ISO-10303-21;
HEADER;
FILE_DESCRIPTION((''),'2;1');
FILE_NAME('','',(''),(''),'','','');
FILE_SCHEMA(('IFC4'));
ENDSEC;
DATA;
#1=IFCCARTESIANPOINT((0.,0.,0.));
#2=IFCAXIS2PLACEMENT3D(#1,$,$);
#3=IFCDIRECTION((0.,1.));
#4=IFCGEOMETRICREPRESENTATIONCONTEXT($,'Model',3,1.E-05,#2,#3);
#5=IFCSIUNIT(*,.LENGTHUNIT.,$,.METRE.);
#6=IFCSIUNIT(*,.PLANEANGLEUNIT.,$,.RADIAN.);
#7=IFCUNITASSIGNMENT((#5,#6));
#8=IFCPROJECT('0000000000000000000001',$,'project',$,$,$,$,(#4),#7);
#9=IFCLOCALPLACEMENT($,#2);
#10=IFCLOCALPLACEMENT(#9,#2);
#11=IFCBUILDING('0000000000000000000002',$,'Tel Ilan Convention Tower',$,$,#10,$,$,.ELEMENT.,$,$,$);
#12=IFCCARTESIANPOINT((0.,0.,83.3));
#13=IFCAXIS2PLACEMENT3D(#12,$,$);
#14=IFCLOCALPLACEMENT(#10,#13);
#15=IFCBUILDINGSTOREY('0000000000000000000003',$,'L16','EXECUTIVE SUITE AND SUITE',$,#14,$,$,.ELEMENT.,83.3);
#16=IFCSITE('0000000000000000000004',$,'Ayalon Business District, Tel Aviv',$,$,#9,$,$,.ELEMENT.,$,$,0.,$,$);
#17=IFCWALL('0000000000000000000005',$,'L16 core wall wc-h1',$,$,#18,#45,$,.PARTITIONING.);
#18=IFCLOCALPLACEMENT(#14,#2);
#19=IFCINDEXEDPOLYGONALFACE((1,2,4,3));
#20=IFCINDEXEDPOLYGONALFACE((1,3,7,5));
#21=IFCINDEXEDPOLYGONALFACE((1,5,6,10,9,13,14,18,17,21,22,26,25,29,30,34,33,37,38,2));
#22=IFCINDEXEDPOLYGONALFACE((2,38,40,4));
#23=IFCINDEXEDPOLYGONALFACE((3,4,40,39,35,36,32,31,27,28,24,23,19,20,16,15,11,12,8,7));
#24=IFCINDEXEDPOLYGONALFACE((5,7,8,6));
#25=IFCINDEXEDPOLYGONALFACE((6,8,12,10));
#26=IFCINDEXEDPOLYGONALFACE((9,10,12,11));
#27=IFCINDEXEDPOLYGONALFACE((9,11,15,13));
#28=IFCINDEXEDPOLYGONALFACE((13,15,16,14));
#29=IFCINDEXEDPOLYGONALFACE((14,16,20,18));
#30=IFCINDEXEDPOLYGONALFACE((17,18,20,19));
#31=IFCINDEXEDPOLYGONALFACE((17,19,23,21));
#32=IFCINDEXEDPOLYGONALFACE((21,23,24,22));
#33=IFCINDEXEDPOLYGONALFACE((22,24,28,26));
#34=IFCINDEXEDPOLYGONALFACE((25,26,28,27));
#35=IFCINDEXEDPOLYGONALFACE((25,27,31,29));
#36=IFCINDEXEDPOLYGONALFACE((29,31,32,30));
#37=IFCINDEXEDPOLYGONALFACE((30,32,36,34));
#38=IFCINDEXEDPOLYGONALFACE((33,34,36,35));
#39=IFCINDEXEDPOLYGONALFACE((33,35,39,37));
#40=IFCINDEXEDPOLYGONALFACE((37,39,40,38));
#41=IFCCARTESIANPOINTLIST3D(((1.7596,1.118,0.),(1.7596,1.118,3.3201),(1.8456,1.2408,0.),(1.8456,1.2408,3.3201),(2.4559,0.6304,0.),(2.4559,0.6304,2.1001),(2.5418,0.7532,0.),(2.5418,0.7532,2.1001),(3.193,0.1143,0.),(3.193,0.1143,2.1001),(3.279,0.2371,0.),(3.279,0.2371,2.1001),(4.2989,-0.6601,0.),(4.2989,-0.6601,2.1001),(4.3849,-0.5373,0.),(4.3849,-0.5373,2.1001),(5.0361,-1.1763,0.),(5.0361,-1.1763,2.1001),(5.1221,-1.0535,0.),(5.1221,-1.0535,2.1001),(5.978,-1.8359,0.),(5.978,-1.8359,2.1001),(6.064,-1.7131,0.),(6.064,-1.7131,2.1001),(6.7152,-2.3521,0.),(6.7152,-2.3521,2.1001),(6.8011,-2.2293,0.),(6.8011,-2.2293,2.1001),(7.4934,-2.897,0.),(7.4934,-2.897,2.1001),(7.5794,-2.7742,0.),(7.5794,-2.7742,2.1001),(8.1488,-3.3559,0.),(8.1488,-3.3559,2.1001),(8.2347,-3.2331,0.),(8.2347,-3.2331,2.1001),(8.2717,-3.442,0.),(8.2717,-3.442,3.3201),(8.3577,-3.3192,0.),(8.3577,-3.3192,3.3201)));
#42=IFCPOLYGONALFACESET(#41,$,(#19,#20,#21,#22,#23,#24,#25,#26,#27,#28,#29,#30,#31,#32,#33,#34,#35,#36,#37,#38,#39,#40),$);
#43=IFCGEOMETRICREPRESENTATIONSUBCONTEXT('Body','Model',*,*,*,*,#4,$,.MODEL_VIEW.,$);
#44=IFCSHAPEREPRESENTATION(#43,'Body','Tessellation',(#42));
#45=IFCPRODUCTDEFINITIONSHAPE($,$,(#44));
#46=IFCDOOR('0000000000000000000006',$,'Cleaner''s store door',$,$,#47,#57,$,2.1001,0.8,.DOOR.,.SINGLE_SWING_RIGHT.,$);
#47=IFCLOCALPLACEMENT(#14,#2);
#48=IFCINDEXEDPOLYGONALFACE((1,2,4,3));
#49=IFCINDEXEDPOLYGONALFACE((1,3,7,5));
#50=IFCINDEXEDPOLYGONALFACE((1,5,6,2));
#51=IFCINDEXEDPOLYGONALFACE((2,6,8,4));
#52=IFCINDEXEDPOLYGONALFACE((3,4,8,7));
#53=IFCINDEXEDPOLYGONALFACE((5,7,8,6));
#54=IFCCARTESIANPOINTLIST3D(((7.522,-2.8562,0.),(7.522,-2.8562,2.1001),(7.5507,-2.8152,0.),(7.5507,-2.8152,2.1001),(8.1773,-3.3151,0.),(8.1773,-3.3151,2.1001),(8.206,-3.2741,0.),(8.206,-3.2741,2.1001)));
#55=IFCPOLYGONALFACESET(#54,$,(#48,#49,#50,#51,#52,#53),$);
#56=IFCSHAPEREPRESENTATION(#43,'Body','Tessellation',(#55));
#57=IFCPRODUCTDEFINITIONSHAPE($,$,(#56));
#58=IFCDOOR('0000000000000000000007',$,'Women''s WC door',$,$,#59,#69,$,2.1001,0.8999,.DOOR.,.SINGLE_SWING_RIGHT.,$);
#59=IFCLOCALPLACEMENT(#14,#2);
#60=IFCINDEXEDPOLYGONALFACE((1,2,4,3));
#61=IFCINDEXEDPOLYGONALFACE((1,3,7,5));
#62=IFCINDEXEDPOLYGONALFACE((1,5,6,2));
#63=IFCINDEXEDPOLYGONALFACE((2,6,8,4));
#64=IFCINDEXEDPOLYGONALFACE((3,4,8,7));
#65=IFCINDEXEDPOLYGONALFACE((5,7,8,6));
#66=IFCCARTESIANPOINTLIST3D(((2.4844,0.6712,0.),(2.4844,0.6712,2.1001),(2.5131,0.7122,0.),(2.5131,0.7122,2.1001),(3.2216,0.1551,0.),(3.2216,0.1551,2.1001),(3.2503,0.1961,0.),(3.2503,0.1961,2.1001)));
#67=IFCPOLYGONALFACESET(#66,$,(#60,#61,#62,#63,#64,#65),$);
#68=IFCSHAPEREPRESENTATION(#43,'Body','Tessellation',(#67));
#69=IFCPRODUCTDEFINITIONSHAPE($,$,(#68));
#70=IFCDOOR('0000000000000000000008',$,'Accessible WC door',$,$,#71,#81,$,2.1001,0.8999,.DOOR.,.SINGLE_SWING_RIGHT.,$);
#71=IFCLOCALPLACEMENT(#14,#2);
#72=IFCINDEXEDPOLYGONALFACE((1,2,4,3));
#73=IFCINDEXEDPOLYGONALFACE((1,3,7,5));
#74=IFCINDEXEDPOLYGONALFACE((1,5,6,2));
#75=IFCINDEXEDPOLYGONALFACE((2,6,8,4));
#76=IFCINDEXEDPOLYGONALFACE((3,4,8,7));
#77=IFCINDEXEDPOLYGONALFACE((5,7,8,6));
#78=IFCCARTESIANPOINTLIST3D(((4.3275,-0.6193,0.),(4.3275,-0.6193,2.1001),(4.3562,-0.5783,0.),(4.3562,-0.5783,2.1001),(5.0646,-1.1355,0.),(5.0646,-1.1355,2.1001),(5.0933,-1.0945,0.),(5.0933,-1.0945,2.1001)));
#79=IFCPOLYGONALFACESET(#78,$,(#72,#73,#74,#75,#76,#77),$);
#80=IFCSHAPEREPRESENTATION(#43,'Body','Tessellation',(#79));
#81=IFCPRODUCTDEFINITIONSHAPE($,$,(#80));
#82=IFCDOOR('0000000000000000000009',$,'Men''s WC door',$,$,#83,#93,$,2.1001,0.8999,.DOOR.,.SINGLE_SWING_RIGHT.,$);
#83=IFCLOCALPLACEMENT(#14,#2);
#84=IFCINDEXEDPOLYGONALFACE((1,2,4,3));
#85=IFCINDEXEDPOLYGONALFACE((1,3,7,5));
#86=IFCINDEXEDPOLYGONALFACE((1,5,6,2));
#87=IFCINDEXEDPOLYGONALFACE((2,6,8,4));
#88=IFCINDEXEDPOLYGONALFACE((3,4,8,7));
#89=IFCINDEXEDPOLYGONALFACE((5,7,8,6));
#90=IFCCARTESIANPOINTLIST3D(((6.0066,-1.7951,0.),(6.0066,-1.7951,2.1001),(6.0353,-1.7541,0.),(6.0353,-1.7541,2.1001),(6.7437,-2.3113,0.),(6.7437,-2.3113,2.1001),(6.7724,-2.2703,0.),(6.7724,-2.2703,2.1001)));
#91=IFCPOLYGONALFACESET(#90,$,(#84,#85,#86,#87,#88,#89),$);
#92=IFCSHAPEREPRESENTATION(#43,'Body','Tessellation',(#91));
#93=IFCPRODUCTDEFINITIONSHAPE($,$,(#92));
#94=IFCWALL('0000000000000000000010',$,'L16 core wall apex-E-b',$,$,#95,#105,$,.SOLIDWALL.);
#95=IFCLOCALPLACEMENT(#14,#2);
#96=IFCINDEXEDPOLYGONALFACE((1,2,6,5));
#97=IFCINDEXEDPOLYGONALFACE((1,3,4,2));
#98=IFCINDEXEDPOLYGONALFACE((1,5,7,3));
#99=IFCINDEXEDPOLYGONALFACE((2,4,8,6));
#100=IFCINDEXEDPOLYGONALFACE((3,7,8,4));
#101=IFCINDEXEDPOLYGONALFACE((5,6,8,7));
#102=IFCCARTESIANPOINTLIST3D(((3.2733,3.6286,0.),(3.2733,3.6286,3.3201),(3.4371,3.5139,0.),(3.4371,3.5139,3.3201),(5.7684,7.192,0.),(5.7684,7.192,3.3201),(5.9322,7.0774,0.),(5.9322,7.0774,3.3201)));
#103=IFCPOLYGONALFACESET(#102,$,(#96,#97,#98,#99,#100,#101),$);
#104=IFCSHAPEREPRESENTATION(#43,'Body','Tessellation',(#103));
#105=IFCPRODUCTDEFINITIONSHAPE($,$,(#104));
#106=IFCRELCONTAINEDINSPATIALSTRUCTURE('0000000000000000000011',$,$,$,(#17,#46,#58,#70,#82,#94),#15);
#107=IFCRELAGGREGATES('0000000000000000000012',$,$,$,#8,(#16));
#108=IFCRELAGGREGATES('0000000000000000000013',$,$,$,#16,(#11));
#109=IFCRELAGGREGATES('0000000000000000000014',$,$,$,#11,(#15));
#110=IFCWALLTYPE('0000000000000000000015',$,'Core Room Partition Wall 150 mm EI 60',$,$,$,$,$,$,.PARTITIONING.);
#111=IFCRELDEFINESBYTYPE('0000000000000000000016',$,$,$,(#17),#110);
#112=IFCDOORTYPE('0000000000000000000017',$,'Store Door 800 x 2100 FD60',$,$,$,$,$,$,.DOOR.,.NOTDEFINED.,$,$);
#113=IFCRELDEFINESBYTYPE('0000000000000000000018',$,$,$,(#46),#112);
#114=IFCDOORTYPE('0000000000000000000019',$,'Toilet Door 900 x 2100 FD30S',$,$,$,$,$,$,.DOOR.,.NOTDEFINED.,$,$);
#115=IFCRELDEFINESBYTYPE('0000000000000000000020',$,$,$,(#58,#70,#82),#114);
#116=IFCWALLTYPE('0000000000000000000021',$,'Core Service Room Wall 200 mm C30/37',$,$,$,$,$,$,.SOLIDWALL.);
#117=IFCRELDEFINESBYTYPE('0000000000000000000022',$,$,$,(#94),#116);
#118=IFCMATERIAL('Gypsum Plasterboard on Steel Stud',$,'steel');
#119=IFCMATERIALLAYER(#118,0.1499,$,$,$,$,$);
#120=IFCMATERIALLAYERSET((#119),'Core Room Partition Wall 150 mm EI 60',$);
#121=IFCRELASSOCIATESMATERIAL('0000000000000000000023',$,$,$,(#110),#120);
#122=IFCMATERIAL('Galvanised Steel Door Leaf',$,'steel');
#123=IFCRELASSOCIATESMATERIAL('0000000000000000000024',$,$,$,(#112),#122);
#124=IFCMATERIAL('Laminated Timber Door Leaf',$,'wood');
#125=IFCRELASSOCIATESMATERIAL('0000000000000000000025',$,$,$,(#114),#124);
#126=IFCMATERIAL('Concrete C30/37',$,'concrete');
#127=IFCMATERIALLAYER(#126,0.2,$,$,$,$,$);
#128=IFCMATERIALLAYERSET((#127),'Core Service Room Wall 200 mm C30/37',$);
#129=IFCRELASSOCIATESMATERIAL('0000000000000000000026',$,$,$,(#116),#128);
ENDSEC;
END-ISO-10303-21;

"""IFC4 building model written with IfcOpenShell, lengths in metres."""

from ifc_helpers import new_model, si_unit, direction, frame, frame_2d, origin, place, context, subcontext, project, spatial, rectangle, extrude, material, layer, layer_set, type_object, element, fill, save


model = new_model("IFC4")

# Units and contexts
model_context = context("Model", 3, precision=1e-05, world=origin(), true_north=direction((0.0, 1.0)))
body_context = subcontext(model_context, "Body", "Model", "MODEL_VIEW")
ifc_project = project(units=[si_unit("LENGTHUNIT", "METRE"), si_unit("PLANEANGLEUNIT", "RADIAN")], contexts=[model_context])

# Site, building, storey
site_placement = place(None, origin())
site = spatial("IfcSite", under=ifc_project, at=site_placement, Name="Ayalon Business District, Tel Aviv", CompositionType="ELEMENT", RefElevation=0.0)
building_placement = place(site_placement, origin())
building = spatial("IfcBuilding", under=site, at=building_placement, Name="Tel Ilan Convention Tower", CompositionType="ELEMENT")
storey_placement = place(building_placement, frame((0.0, 0.0, 83.3)))
storey = spatial("IfcBuildingStorey", under=building, at=storey_placement, Name="L16", Description="EXECUTIVE SUITE AND SUITE", CompositionType="ELEMENT", Elevation=83.3)

# Wall, openings, doors
ifc_material_1 = material(Name="Gypsum Plasterboard on Steel Stud", Category="steel")
ifc_layer_1 = layer(ifc_material_1, 0.1499)
ifc_layer_set_1 = layer_set([ifc_layer_1], Name="Core Room Partition Wall 150 mm EI 60")
wall_type_1 = type_object("IfcWallType", Name="Core Room Partition Wall 150 mm EI 60", PredefinedType="PARTITIONING", material=ifc_layer_set_1)
wall_1_placement = place(storey_placement, frame((1.8025, 1.1794, 0.0), z_axis=(0.0, 0.0, 1.0), x_axis=(0.819142, -0.57359, 0.0)))
wall_1 = element("IfcWall", 1, at=wall_1_placement, inside=storey, type_object=wall_type_1, Name="L16 core wall wc-h1", PredefinedType="PARTITIONING", context=body_context, shape_type="SweptSolid", body=[
    extrude(rectangle(XDim=7.95, YDim=0.1499, at=frame_2d((3.9751, 0.0))), origin(), (0.0, 0.0, 1.0), 3.3201),
])
opening_1_placement = place(wall_1_placement, frame((0.8501, 0.0, 0.0)))
opening_1 = element("IfcOpeningElement", 2, at=opening_1_placement, cuts=wall_1, PredefinedType="OPENING", context=body_context, shape_type="SweptSolid", body=[
    extrude(rectangle(XDim=0.8999, YDim=2.1001, at=frame_2d((0.45, 1.05))), frame((0.0, 0.085, 0.0), z_axis=(0.0, -1.0, 0.0), x_axis=(1.0, 0.0, 0.0)), (0.0, 0.0, 1.0), 0.1699),
])
opening_2_placement = place(wall_1_placement, frame((3.1001, 0.0, 0.0)))
opening_2 = element("IfcOpeningElement", 3, at=opening_2_placement, cuts=wall_1, PredefinedType="OPENING", context=body_context, shape_type="SweptSolid", body=[
    extrude(rectangle(XDim=0.8999, YDim=2.1001, at=frame_2d((0.45, 1.05))), frame((0.0, 0.085, 0.0), z_axis=(0.0, -1.0, 0.0), x_axis=(1.0, 0.0, 0.0)), (0.0, 0.0, 1.0), 0.1699),
])
opening_3_placement = place(wall_1_placement, frame((5.1499, 0.0, 0.0)))
opening_3 = element("IfcOpeningElement", 4, at=opening_3_placement, cuts=wall_1, PredefinedType="OPENING", context=body_context, shape_type="SweptSolid", body=[
    extrude(rectangle(XDim=0.8999, YDim=2.1001, at=frame_2d((0.45, 1.05))), frame((0.0, 0.085, 0.0), z_axis=(0.0, -1.0, 0.0), x_axis=(1.0, 0.0, 0.0)), (0.0, 0.0, 1.0), 0.1699),
])
opening_4_placement = place(wall_1_placement, frame((7.0, 0.0, 0.0)))
opening_4 = element("IfcOpeningElement", 5, at=opening_4_placement, cuts=wall_1, PredefinedType="OPENING", context=body_context, shape_type="SweptSolid", body=[
    extrude(rectangle(XDim=0.8, YDim=2.1001, at=frame_2d((0.3999, 1.05))), frame((0.0, 0.085, 0.0), z_axis=(0.0, -1.0, 0.0), x_axis=(1.0, 0.0, 0.0)), (0.0, 0.0, 1.0), 0.1699),
])
ifc_material_2 = material(Name="Galvanised Steel Door Leaf", Category="steel")
door_type_1 = type_object("IfcDoorType", Name="Store Door 800 x 2100 FD60", OperationType="NOTDEFINED", PredefinedType="DOOR", material=ifc_material_2)
door_1_placement = place(opening_4_placement, origin())
door_1 = element("IfcDoor", 6, at=door_1_placement, inside=storey, type_object=door_type_1, Name="Cleaner's store door", OperationType="SINGLE_SWING_RIGHT", OverallHeight=2.1001, OverallWidth=0.8, PredefinedType="DOOR", context=body_context, shape_type="SweptSolid", body=[
    extrude(rectangle(XDim=0.8, YDim=2.1001, at=frame_2d((0.3999, 1.05))), frame((0.0, 0.0249, 0.0), z_axis=(0.0, -1.0, 0.0), x_axis=(1.0, 0.0, 0.0)), (0.0, 0.0, 1.0), 0.05),
])
fill(opening_4, door_1)
ifc_material_3 = material(Name="Laminated Timber Door Leaf", Category="wood")
door_type_2 = type_object("IfcDoorType", Name="Toilet Door 900 x 2100 FD30S", OperationType="NOTDEFINED", PredefinedType="DOOR", material=ifc_material_3)
door_2_placement = place(opening_1_placement, origin())
door_2 = element("IfcDoor", 7, at=door_2_placement, inside=storey, type_object=door_type_2, Name="Women's WC door", OperationType="SINGLE_SWING_RIGHT", OverallHeight=2.1001, OverallWidth=0.8999, PredefinedType="DOOR", context=body_context, shape_type="SweptSolid", body=[
    extrude(rectangle(XDim=0.8999, YDim=2.1001, at=frame_2d((0.45, 1.05))), frame((0.0, 0.0249, 0.0), z_axis=(0.0, -1.0, 0.0), x_axis=(1.0, 0.0, 0.0)), (0.0, 0.0, 1.0), 0.05),
])
fill(opening_1, door_2)
door_3_placement = place(opening_2_placement, origin())
door_3 = element("IfcDoor", 8, at=door_3_placement, inside=storey, type_object=door_type_2, Name="Accessible WC door", OperationType="SINGLE_SWING_RIGHT", OverallHeight=2.1001, OverallWidth=0.8999, PredefinedType="DOOR", context=body_context, shape_type="SweptSolid", body=[
    extrude(rectangle(XDim=0.8999, YDim=2.1001, at=frame_2d((0.45, 1.05))), frame((0.0, 0.0249, 0.0), z_axis=(0.0, -1.0, 0.0), x_axis=(1.0, 0.0, 0.0)), (0.0, 0.0, 1.0), 0.05),
])
fill(opening_2, door_3)
door_4_placement = place(opening_3_placement, origin())
door_4 = element("IfcDoor", 9, at=door_4_placement, inside=storey, type_object=door_type_2, Name="Men's WC door", OperationType="SINGLE_SWING_RIGHT", OverallHeight=2.1001, OverallWidth=0.8999, PredefinedType="DOOR", context=body_context, shape_type="SweptSolid", body=[
    extrude(rectangle(XDim=0.8999, YDim=2.1001, at=frame_2d((0.45, 1.05))), frame((0.0, 0.0249, 0.0), z_axis=(0.0, -1.0, 0.0), x_axis=(1.0, 0.0, 0.0)), (0.0, 0.0, 1.0), 0.05),
])
fill(opening_3, door_4)

# Wall
ifc_material_4 = material(Name="Concrete C30/37", Category="concrete")
ifc_layer_2 = layer(ifc_material_4, 0.2)
ifc_layer_set_2 = layer_set([ifc_layer_2], Name="Core Service Room Wall 200 mm C30/37")
wall_type_2 = type_object("IfcWallType", Name="Core Service Room Wall 200 mm C30/37", PredefinedType="SOLIDWALL", material=ifc_layer_set_2)
wall_2_placement = place(storey_placement, frame((3.3552, 3.5713, 0.0), z_axis=(0.0, 0.0, 1.0), x_axis=(0.573568, 0.819158, 0.0)))
element("IfcWall", 10, at=wall_2_placement, inside=storey, type_object=wall_type_2, Name="L16 core wall apex-E-b", PredefinedType="SOLIDWALL", context=body_context, shape_type="SweptSolid", body=[
    extrude(rectangle(XDim=4.3501, YDim=0.2, at=frame_2d((2.175, 0.0))), origin(), (0.0, 0.0, 1.0), 3.3201),
])

save(model, "model.ifc")
